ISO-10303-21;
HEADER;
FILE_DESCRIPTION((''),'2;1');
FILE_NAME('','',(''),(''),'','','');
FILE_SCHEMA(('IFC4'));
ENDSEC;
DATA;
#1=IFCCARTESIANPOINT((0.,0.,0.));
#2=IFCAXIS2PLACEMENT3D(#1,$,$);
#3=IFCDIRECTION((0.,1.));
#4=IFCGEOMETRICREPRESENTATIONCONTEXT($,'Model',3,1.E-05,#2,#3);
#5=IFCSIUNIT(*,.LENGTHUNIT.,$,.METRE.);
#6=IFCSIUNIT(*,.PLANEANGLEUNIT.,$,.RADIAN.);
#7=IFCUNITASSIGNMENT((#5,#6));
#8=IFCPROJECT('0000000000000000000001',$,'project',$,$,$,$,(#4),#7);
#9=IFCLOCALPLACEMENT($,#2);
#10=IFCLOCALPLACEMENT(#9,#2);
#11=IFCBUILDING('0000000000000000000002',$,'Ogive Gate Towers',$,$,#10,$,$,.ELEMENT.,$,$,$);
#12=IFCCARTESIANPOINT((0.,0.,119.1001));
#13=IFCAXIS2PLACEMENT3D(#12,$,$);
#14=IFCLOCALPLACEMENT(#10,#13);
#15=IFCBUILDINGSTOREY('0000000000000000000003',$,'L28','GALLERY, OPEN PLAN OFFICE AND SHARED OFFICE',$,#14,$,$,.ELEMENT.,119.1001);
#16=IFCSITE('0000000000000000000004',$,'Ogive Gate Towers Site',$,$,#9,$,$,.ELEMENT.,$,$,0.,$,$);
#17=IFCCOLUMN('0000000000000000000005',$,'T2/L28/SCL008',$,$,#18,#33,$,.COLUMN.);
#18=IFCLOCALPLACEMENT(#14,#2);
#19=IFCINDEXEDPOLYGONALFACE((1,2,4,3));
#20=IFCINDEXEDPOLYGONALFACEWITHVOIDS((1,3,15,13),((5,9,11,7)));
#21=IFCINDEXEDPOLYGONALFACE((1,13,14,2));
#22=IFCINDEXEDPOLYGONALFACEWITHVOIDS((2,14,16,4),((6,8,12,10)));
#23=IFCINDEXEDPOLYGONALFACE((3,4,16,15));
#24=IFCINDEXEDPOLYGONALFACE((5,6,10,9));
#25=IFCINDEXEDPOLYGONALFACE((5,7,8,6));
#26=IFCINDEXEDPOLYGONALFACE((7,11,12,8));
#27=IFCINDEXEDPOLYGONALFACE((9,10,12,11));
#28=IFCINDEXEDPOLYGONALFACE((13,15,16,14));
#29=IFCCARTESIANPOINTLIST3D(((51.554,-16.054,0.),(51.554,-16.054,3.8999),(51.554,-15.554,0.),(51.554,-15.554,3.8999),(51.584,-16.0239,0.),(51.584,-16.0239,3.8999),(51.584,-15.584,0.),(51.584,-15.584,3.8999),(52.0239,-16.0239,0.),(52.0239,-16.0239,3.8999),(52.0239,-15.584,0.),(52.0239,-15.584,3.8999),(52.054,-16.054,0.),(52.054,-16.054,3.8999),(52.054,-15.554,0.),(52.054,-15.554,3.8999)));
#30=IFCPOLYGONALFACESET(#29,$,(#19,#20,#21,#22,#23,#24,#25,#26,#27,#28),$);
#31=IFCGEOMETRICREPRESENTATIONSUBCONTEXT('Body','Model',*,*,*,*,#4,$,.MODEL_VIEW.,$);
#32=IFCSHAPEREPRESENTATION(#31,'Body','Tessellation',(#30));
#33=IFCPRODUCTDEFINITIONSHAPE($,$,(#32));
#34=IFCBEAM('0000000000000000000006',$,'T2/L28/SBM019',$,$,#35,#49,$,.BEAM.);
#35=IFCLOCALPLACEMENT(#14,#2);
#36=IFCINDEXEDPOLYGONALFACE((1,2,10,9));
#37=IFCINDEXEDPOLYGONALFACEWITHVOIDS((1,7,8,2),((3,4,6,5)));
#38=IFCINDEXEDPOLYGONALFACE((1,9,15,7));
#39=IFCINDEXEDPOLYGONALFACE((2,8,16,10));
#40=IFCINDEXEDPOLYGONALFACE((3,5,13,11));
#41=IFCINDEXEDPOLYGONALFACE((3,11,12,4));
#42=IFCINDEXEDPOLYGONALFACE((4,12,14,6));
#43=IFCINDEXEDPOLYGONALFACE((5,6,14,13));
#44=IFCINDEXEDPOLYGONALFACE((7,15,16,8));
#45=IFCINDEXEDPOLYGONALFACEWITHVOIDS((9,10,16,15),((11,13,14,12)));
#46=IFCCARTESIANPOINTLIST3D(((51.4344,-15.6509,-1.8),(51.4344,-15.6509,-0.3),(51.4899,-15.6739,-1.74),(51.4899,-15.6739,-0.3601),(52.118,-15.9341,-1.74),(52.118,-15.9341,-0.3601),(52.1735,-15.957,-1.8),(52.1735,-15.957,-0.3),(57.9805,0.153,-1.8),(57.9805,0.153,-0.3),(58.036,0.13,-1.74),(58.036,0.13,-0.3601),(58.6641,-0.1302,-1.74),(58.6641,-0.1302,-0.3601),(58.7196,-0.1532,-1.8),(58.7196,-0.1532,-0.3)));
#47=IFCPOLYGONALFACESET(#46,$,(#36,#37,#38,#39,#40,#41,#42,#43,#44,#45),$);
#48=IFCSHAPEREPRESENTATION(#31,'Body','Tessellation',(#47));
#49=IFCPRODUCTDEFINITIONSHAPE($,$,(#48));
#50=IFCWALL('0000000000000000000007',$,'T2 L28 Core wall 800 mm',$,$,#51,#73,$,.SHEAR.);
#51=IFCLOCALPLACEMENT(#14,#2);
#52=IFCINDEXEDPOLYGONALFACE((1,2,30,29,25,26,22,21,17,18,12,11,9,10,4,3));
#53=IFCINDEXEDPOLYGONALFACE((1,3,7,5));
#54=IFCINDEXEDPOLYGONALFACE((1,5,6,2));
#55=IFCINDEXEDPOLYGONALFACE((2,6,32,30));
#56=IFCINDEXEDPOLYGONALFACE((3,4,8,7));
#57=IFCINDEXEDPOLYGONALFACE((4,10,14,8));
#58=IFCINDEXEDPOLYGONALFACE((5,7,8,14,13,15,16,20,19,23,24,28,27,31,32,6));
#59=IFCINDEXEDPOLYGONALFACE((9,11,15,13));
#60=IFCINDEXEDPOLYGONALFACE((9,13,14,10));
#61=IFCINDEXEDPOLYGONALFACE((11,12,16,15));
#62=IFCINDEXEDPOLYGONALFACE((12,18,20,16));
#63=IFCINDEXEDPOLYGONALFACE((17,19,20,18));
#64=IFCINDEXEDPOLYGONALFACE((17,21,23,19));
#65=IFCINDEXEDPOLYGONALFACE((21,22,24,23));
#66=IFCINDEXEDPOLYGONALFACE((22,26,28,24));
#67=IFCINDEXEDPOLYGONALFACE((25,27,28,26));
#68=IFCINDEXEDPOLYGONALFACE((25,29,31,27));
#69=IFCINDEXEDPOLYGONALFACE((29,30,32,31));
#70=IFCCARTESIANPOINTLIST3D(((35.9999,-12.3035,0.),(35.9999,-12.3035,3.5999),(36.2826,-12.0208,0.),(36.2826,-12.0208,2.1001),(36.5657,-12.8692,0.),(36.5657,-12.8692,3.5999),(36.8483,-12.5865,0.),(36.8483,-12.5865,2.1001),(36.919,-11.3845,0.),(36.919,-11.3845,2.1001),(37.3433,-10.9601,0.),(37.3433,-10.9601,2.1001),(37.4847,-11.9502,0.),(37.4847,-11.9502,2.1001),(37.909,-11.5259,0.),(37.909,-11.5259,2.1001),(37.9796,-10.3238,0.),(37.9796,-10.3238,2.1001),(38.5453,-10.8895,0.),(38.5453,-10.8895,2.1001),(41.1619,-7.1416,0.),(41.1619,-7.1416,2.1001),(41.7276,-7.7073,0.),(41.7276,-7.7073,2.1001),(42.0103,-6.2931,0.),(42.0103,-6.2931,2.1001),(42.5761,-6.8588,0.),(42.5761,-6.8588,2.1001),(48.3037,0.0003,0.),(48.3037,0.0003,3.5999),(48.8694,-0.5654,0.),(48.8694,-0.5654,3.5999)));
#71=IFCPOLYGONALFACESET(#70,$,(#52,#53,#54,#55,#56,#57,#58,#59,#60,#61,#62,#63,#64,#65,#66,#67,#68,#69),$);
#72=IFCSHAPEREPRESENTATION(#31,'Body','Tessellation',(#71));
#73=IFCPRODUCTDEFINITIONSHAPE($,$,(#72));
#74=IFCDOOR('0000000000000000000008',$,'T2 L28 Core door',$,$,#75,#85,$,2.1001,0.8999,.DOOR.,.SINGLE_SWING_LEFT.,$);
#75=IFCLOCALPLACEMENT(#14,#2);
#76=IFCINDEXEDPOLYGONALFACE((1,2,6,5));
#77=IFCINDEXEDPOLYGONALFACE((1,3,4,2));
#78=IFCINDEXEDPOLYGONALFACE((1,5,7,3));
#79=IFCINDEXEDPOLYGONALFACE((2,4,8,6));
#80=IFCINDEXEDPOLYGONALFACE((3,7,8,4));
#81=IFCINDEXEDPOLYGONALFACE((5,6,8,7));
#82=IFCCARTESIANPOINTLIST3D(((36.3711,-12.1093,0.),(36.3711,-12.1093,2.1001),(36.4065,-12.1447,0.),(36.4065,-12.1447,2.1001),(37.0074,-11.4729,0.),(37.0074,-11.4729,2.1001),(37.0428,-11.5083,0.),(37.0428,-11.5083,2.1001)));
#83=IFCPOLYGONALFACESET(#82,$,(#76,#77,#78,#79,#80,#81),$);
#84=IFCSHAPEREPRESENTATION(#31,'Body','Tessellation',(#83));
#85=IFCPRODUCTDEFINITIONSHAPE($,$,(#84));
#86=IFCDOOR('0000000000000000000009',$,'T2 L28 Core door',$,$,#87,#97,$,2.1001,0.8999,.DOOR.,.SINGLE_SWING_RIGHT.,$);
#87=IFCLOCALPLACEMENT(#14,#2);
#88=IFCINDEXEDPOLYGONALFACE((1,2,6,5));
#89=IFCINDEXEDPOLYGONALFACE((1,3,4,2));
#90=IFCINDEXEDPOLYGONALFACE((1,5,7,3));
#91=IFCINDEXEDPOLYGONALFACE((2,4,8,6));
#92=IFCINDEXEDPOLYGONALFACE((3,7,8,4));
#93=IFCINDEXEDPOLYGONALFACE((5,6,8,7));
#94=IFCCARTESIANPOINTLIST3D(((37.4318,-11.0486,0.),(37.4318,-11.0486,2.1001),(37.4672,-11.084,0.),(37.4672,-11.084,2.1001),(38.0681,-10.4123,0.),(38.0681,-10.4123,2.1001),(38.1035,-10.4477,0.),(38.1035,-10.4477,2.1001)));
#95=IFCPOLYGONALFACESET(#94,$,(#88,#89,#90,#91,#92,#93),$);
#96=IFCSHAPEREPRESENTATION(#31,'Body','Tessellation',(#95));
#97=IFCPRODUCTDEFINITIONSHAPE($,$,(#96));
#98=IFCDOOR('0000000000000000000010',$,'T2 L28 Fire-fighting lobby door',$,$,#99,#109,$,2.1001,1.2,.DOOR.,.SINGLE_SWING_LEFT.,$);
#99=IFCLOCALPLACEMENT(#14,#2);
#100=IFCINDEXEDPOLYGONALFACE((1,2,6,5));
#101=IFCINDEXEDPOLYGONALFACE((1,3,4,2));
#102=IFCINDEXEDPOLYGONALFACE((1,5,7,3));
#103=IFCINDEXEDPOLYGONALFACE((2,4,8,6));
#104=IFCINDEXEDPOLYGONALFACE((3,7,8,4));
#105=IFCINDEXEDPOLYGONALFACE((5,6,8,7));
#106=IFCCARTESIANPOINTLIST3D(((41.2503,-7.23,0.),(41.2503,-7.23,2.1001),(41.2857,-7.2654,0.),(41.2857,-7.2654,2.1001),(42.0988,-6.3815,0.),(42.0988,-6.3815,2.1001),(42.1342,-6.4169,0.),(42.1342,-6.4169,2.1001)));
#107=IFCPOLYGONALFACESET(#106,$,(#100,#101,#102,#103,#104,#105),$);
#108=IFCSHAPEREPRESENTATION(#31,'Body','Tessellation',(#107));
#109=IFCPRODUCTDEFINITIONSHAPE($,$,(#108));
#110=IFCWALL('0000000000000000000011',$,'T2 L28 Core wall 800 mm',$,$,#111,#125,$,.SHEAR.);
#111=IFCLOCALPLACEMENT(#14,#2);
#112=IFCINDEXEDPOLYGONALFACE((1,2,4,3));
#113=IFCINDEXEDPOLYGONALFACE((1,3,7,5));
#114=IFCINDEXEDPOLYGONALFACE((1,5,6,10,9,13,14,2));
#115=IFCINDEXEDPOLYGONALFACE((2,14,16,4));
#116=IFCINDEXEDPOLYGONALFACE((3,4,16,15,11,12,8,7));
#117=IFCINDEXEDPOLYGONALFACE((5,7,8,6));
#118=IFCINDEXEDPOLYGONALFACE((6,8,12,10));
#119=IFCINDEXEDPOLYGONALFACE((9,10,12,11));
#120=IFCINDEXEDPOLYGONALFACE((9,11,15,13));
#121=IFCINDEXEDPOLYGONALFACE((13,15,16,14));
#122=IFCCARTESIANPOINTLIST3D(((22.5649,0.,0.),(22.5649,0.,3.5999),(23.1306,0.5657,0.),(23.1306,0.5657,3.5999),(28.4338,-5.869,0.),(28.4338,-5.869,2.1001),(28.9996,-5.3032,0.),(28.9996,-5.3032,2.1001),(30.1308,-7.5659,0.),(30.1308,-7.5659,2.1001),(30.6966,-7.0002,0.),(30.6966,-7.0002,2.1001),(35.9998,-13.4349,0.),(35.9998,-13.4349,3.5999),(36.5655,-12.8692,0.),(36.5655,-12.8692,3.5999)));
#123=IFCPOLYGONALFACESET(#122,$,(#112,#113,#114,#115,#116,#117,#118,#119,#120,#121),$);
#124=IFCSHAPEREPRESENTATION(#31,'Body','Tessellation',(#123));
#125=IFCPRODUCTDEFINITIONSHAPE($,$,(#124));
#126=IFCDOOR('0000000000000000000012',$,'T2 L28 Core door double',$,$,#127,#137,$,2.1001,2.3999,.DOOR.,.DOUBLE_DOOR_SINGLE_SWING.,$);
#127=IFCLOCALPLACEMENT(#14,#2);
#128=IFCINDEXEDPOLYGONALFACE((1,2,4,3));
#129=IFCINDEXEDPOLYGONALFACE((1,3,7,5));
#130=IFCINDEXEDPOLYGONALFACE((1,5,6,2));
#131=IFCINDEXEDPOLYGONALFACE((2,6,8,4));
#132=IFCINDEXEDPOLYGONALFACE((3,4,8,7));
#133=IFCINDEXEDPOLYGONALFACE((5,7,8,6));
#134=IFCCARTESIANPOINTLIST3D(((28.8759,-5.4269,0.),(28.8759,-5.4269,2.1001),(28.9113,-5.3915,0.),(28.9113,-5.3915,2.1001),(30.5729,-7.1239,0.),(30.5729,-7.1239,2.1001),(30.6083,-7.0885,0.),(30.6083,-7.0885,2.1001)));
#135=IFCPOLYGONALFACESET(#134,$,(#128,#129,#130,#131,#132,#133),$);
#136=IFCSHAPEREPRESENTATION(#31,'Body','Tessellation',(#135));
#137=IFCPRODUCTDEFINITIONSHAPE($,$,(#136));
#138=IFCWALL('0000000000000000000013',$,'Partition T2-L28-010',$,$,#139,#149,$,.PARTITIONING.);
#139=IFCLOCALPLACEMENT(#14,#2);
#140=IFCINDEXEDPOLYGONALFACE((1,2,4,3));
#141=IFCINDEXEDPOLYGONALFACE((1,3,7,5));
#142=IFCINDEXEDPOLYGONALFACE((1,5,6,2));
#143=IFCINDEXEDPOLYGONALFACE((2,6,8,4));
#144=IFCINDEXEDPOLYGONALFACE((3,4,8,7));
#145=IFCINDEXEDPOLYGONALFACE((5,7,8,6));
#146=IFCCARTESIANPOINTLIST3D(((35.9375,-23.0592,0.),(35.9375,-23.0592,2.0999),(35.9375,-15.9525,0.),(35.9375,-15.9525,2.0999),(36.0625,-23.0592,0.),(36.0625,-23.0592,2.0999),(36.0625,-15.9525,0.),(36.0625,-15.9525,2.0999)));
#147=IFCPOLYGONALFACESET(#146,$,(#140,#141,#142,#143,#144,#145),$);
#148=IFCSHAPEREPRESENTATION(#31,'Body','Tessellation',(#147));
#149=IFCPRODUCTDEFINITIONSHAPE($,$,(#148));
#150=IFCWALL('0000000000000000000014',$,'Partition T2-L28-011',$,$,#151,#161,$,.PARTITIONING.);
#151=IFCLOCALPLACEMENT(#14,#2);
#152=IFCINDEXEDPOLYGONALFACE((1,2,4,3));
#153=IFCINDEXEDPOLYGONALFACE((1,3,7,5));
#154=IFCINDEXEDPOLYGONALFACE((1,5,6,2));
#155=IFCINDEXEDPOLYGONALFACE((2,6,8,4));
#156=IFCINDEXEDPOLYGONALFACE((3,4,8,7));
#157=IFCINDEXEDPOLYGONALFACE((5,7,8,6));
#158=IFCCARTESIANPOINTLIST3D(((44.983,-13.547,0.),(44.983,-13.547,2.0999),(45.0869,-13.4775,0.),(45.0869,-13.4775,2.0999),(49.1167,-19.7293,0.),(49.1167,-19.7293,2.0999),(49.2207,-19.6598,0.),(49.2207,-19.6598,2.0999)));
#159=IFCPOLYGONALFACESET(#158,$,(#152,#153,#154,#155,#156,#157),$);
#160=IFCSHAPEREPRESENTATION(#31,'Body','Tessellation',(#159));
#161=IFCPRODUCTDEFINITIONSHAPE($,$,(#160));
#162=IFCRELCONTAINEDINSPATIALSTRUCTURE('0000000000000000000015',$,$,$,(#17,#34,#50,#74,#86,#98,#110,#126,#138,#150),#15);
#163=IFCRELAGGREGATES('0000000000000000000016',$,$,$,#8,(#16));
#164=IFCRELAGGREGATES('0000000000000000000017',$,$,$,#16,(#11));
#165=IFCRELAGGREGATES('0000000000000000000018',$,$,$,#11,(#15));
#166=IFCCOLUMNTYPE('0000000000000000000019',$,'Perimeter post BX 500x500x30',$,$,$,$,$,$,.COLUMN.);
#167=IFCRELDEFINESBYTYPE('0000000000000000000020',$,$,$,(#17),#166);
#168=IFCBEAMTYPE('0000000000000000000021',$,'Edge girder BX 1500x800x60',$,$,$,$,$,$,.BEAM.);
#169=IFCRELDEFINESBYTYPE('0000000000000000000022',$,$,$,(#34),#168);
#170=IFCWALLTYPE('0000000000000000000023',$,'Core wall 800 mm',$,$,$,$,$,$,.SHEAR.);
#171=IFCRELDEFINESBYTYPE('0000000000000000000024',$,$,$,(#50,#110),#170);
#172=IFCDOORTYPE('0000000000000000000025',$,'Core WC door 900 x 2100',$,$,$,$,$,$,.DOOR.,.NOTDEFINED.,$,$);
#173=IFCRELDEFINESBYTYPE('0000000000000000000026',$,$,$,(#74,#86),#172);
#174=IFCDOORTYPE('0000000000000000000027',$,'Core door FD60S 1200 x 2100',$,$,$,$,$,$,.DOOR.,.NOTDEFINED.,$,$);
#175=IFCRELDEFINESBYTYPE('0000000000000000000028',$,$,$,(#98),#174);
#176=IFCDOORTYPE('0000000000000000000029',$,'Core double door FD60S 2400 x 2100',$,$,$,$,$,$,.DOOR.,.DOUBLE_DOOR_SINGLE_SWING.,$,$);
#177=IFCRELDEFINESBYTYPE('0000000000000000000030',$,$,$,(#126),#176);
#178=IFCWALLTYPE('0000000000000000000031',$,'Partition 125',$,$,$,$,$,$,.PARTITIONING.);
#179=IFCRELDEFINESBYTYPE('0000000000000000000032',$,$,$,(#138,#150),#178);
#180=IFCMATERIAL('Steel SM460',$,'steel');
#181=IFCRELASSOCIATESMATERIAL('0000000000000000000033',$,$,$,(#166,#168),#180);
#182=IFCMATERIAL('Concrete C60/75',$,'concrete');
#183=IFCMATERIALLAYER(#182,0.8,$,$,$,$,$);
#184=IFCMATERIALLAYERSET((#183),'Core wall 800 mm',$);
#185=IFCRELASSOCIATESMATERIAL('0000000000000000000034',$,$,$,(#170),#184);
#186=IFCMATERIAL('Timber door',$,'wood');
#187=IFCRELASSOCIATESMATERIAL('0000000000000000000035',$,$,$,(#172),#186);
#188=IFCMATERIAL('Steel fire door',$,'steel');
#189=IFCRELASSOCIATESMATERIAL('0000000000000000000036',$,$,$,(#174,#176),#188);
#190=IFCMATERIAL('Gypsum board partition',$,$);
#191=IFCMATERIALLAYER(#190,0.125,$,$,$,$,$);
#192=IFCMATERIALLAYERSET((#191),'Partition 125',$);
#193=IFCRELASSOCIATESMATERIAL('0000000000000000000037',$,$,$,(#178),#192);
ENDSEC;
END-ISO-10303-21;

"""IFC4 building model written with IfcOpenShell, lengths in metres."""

from ifc_helpers import new_model, si_unit, direction, frame, frame_2d, origin, origin_2d, place, context, subcontext, project, spatial, rectangle, hollow_rectangle, extrude, material, layer, layer_set, material_profile, profile_set, type_object, element, fill, save


model = new_model("IFC4")

# Units and contexts
model_context = context("Model", 3, precision=1e-05, world=origin(), true_north=direction((0.0, 1.0)))
body_context = subcontext(model_context, "Body", "Model", "MODEL_VIEW")
ifc_project = project(units=[si_unit("LENGTHUNIT", "METRE"), si_unit("PLANEANGLEUNIT", "RADIAN")], contexts=[model_context])

# Site, building, storey
site_placement = place(None, origin())
site = spatial("IfcSite", under=ifc_project, at=site_placement, Name="Ogive Gate Towers Site", CompositionType="ELEMENT", RefElevation=0.0)
building_placement = place(site_placement, origin())
building = spatial("IfcBuilding", under=site, at=building_placement, Name="Ogive Gate Towers", CompositionType="ELEMENT")
storey_placement = place(building_placement, frame((0.0, 0.0, 119.1001)))
storey = spatial("IfcBuildingStorey", under=building, at=storey_placement, Name="L28", Description="GALLERY, OPEN PLAN OFFICE AND SHARED OFFICE", CompositionType="ELEMENT", Elevation=119.1001)

# Column
ifc_material_1 = material(Name="Steel SM460", Category="steel")
ifc_material_profile_1 = material_profile(ifc_material_1, hollow_rectangle(XDim=0.5, YDim=0.5, WallThickness=0.03, at=origin_2d()), Name="BX 500x500x30")
ifc_profile_set_1 = profile_set([ifc_material_profile_1], Name="Steel SM460")
column_type = type_object("IfcColumnType", Name="Perimeter post BX 500x500x30", PredefinedType="COLUMN", material=ifc_profile_set_1)
column_placement = place(storey_placement, frame((51.804, -15.804, 0.0), z_axis=(0.0, 0.0, 1.0), x_axis=(1.0, 0.0, 0.0)))
element("IfcColumn", 1, at=column_placement, inside=storey, type_object=column_type, Name="T2/L28/SCL008", PredefinedType="COLUMN", context=body_context, shape_type="SweptSolid", body=[
    extrude(hollow_rectangle(XDim=0.5, YDim=0.5, WallThickness=0.03, at=origin_2d()), origin(), (0.0, 0.0, 1.0), 3.8999),
])

# Beam
ifc_material_profile_2 = material_profile(ifc_material_1, hollow_rectangle(XDim=0.8, YDim=1.5, WallThickness=0.0601, at=origin_2d()), Name="BX 1500x800x60")
ifc_profile_set_2 = profile_set([ifc_material_profile_2], Name="Steel SM460")
beam_type = type_object("IfcBeamType", Name="Edge girder BX 1500x800x60", PredefinedType="BEAM", material=ifc_profile_set_2)
beam_placement = place(storey_placement, frame((51.804, -15.804, -1.05), z_axis=(0.38268, 0.923881, 0.0), x_axis=(-0.923881, 0.38268, 0.0)))
element("IfcBeam", 2, at=beam_placement, inside=storey, type_object=beam_type, Name="T2/L28/SBM019", PredefinedType="BEAM", context=body_context, shape_type="SweptSolid", body=[
    extrude(hollow_rectangle(XDim=0.8, YDim=1.5, WallThickness=0.0601, at=origin_2d()), origin(), (0.0, 0.0, 1.0), 17.106),
])

# Wall, openings, doors
ifc_material_2 = material(Name="Concrete C60/75", Category="concrete")
ifc_layer_1 = layer(ifc_material_2, 0.8)
ifc_layer_set_1 = layer_set([ifc_layer_1], Name="Core wall 800 mm")
wall_type_1 = type_object("IfcWallType", Name="Core wall 800 mm", PredefinedType="SHEAR", material=ifc_layer_set_1)
wall_1_placement = place(storey_placement, frame((36.2827, -12.5864, 0.0), z_axis=(0.0, 0.0, 1.0), x_axis=(0.707107, 0.707107, 0.0)))
wall_1 = element("IfcWall", 3, at=wall_1_placement, inside=storey, type_object=wall_type_1, Name="T2 L28 Core wall 800 mm", PredefinedType="SHEAR", context=body_context, shape_type="SweptSolid", body=[
    extrude(rectangle(XDim=17.4001, YDim=0.8, at=frame_2d((8.7002, 0.0))), origin(), (0.0, 0.0, 1.0), 3.5999),
])
opening_1_placement = place(wall_1_placement, frame((7.3, 0.0, 0.0)))
opening_1 = element("IfcOpeningElement", 4, at=opening_1_placement, cuts=wall_1, PredefinedType="OPENING", context=body_context, shape_type="SweptSolid", body=[
    extrude(rectangle(XDim=1.2, YDim=2.1001, at=frame_2d((0.6001, 1.05))), frame((0.0, 0.4102, 0.0), z_axis=(0.0, -1.0, 0.0), x_axis=(1.0, 0.0, 0.0)), (0.0, 0.0, 1.0), 0.8201),
])
opening_2_placement = place(wall_1_placement, frame((0.3999, 0.0, 0.0)))
opening_2 = element("IfcOpeningElement", 5, at=opening_2_placement, cuts=wall_1, PredefinedType="OPENING", context=body_context, shape_type="SweptSolid", body=[
    extrude(rectangle(XDim=0.8999, YDim=2.1001, at=frame_2d((0.45, 1.05))), frame((0.0, 0.4102, 0.0), z_axis=(0.0, -1.0, 0.0), x_axis=(1.0, 0.0, 0.0)), (0.0, 0.0, 1.0), 0.8201),
])
opening_3_placement = place(wall_1_placement, frame((1.8999, 0.0, 0.0)))
opening_3 = element("IfcOpeningElement", 6, at=opening_3_placement, cuts=wall_1, PredefinedType="OPENING", context=body_context, shape_type="SweptSolid", body=[
    extrude(rectangle(XDim=0.8999, YDim=2.1001, at=frame_2d((0.45, 1.05))), frame((0.0, 0.4102, 0.0), z_axis=(0.0, -1.0, 0.0), x_axis=(1.0, 0.0, 0.0)), (0.0, 0.0, 1.0), 0.8201),
])
ifc_material_3 = material(Name="Timber door", Category="wood")
door_type_1 = type_object("IfcDoorType", Name="Core WC door 900 x 2100", OperationType="NOTDEFINED", PredefinedType="DOOR", material=ifc_material_3)
door_1_placement = place(opening_2_placement, origin())
door_1 = element("IfcDoor", 7, at=door_1_placement, inside=storey, type_object=door_type_1, Name="T2 L28 Core door", OperationType="SINGLE_SWING_LEFT", OverallHeight=2.1001, OverallWidth=0.8999, PredefinedType="DOOR", context=body_context, shape_type="SweptSolid", body=[
    extrude(rectangle(XDim=0.8999, YDim=2.1001, at=frame_2d((0.45, 1.05))), frame((0.0, 0.2749, 0.0), z_axis=(0.0, -1.0, 0.0), x_axis=(1.0, 0.0, 0.0)), (0.0, 0.0, 1.0), 0.05),
])
fill(opening_2, door_1)
door_2_placement = place(opening_3_placement, origin())
door_2 = element("IfcDoor", 8, at=door_2_placement, inside=storey, type_object=door_type_1, Name="T2 L28 Core door", OperationType="SINGLE_SWING_RIGHT", OverallHeight=2.1001, OverallWidth=0.8999, PredefinedType="DOOR", context=body_context, shape_type="SweptSolid", body=[
    extrude(rectangle(XDim=0.8999, YDim=2.1001, at=frame_2d((0.45, 1.05))), frame((0.0, 0.2749, 0.0), z_axis=(0.0, -1.0, 0.0), x_axis=(1.0, 0.0, 0.0)), (0.0, 0.0, 1.0), 0.05),
])
fill(opening_3, door_2)
ifc_material_4 = material(Name="Steel fire door", Category="steel")
door_type_2 = type_object("IfcDoorType", Name="Core door FD60S 1200 x 2100", OperationType="NOTDEFINED", PredefinedType="DOOR", material=ifc_material_4)
door_3_placement = place(opening_1_placement, origin())
door_3 = element("IfcDoor", 9, at=door_3_placement, inside=storey, type_object=door_type_2, Name="T2 L28 Fire-fighting lobby door", OperationType="SINGLE_SWING_LEFT", OverallHeight=2.1001, OverallWidth=1.2, PredefinedType="DOOR", context=body_context, shape_type="SweptSolid", body=[
    extrude(rectangle(XDim=1.2, YDim=2.1001, at=frame_2d((0.6001, 1.05))), frame((0.0, 0.2749, 0.0), z_axis=(0.0, -1.0, 0.0), x_axis=(1.0, 0.0, 0.0)), (0.0, 0.0, 1.0), 0.05),
])
fill(opening_1, door_3)

# Wall, opening, door
wall_2_placement = place(storey_placement, frame((36.2827, -13.1521, 0.0), z_axis=(0.0, 0.0, 1.0), x_axis=(-0.707107, 0.707107, 0.0)))
wall_2 = element("IfcWall", 10, at=wall_2_placement, inside=storey, type_object=wall_type_1, Name="T2 L28 Core wall 800 mm", PredefinedType="SHEAR", context=body_context, shape_type="SweptSolid", body=[
    extrude(rectangle(XDim=18.9998, YDim=0.8, at=frame_2d((9.5, 0.0))), origin(), (0.0, 0.0, 1.0), 3.5999),
])
opening_4_placement = place(wall_2_placement, frame((8.3, 0.0, 0.0)))
opening_4 = element("IfcOpeningElement", 11, at=opening_4_placement, cuts=wall_2, PredefinedType="OPENING", context=body_context, shape_type="SweptSolid", body=[
    extrude(rectangle(XDim=2.3999, YDim=2.1001, at=frame_2d((1.2, 1.05))), frame((0.0, 0.4102, 0.0), z_axis=(0.0, -1.0, 0.0), x_axis=(1.0, 0.0, 0.0)), (0.0, 0.0, 1.0), 0.8201),
])
door_type_3 = type_object("IfcDoorType", Name="Core double door FD60S 2400 x 2100", OperationType="DOUBLE_DOOR_SINGLE_SWING", PredefinedType="DOOR", material=ifc_material_4)
door_4_placement = place(opening_4_placement, origin())
door_4 = element("IfcDoor", 12, at=door_4_placement, inside=storey, type_object=door_type_3, Name="T2 L28 Core door double", OperationType="DOUBLE_DOOR_SINGLE_SWING", OverallHeight=2.1001, OverallWidth=2.3999, PredefinedType="DOOR", context=body_context, shape_type="SweptSolid", body=[
    extrude(rectangle(XDim=2.3999, YDim=2.1001, at=frame_2d((1.2, 1.05))), frame((0.0, -0.2251, 0.0), z_axis=(0.0, -1.0, 0.0), x_axis=(1.0, 0.0, 0.0)), (0.0, 0.0, 1.0), 0.05),
])
fill(opening_4, door_4)

# Walls
ifc_material_5 = material(Name="Gypsum board partition")
ifc_layer_2 = layer(ifc_material_5, 0.125)
ifc_layer_set_2 = layer_set([ifc_layer_2], Name="Partition 125")
wall_type_2 = type_object("IfcWallType", Name="Partition 125", PredefinedType="PARTITIONING", material=ifc_layer_set_2)
wall_3_placement = place(storey_placement, frame((36.0, -23.0591, 0.0), z_axis=(0.0, 0.0, 1.0), x_axis=(0.0, 1.0, 0.0)))
element("IfcWall", 13, at=wall_3_placement, inside=storey, type_object=wall_type_2, Name="Partition T2-L28-010", PredefinedType="PARTITIONING", context=body_context, shape_type="SweptSolid", body=[
    extrude(rectangle(XDim=7.1067, YDim=0.125, at=frame_2d((3.5532, 0.0))), origin(), (0.0, 0.0, 1.0), 2.0999),
])
wall_4_placement = place(storey_placement, frame((49.1687, -19.6946, 0.0), z_axis=(0.0, 0.0, 1.0), x_axis=(-0.555836, 0.831292, 0.0)))
element("IfcWall", 14, at=wall_4_placement, inside=storey, type_object=wall_type_2, Name="Partition T2-L28-011", PredefinedType="PARTITIONING", context=body_context, shape_type="SweptSolid", body=[
    extrude(rectangle(XDim=7.437, YDim=0.125, at=frame_2d((3.7185, 0.0))), origin(), (0.0, 0.0, 1.0), 2.0999),
])

save(model, "model.ifc")
